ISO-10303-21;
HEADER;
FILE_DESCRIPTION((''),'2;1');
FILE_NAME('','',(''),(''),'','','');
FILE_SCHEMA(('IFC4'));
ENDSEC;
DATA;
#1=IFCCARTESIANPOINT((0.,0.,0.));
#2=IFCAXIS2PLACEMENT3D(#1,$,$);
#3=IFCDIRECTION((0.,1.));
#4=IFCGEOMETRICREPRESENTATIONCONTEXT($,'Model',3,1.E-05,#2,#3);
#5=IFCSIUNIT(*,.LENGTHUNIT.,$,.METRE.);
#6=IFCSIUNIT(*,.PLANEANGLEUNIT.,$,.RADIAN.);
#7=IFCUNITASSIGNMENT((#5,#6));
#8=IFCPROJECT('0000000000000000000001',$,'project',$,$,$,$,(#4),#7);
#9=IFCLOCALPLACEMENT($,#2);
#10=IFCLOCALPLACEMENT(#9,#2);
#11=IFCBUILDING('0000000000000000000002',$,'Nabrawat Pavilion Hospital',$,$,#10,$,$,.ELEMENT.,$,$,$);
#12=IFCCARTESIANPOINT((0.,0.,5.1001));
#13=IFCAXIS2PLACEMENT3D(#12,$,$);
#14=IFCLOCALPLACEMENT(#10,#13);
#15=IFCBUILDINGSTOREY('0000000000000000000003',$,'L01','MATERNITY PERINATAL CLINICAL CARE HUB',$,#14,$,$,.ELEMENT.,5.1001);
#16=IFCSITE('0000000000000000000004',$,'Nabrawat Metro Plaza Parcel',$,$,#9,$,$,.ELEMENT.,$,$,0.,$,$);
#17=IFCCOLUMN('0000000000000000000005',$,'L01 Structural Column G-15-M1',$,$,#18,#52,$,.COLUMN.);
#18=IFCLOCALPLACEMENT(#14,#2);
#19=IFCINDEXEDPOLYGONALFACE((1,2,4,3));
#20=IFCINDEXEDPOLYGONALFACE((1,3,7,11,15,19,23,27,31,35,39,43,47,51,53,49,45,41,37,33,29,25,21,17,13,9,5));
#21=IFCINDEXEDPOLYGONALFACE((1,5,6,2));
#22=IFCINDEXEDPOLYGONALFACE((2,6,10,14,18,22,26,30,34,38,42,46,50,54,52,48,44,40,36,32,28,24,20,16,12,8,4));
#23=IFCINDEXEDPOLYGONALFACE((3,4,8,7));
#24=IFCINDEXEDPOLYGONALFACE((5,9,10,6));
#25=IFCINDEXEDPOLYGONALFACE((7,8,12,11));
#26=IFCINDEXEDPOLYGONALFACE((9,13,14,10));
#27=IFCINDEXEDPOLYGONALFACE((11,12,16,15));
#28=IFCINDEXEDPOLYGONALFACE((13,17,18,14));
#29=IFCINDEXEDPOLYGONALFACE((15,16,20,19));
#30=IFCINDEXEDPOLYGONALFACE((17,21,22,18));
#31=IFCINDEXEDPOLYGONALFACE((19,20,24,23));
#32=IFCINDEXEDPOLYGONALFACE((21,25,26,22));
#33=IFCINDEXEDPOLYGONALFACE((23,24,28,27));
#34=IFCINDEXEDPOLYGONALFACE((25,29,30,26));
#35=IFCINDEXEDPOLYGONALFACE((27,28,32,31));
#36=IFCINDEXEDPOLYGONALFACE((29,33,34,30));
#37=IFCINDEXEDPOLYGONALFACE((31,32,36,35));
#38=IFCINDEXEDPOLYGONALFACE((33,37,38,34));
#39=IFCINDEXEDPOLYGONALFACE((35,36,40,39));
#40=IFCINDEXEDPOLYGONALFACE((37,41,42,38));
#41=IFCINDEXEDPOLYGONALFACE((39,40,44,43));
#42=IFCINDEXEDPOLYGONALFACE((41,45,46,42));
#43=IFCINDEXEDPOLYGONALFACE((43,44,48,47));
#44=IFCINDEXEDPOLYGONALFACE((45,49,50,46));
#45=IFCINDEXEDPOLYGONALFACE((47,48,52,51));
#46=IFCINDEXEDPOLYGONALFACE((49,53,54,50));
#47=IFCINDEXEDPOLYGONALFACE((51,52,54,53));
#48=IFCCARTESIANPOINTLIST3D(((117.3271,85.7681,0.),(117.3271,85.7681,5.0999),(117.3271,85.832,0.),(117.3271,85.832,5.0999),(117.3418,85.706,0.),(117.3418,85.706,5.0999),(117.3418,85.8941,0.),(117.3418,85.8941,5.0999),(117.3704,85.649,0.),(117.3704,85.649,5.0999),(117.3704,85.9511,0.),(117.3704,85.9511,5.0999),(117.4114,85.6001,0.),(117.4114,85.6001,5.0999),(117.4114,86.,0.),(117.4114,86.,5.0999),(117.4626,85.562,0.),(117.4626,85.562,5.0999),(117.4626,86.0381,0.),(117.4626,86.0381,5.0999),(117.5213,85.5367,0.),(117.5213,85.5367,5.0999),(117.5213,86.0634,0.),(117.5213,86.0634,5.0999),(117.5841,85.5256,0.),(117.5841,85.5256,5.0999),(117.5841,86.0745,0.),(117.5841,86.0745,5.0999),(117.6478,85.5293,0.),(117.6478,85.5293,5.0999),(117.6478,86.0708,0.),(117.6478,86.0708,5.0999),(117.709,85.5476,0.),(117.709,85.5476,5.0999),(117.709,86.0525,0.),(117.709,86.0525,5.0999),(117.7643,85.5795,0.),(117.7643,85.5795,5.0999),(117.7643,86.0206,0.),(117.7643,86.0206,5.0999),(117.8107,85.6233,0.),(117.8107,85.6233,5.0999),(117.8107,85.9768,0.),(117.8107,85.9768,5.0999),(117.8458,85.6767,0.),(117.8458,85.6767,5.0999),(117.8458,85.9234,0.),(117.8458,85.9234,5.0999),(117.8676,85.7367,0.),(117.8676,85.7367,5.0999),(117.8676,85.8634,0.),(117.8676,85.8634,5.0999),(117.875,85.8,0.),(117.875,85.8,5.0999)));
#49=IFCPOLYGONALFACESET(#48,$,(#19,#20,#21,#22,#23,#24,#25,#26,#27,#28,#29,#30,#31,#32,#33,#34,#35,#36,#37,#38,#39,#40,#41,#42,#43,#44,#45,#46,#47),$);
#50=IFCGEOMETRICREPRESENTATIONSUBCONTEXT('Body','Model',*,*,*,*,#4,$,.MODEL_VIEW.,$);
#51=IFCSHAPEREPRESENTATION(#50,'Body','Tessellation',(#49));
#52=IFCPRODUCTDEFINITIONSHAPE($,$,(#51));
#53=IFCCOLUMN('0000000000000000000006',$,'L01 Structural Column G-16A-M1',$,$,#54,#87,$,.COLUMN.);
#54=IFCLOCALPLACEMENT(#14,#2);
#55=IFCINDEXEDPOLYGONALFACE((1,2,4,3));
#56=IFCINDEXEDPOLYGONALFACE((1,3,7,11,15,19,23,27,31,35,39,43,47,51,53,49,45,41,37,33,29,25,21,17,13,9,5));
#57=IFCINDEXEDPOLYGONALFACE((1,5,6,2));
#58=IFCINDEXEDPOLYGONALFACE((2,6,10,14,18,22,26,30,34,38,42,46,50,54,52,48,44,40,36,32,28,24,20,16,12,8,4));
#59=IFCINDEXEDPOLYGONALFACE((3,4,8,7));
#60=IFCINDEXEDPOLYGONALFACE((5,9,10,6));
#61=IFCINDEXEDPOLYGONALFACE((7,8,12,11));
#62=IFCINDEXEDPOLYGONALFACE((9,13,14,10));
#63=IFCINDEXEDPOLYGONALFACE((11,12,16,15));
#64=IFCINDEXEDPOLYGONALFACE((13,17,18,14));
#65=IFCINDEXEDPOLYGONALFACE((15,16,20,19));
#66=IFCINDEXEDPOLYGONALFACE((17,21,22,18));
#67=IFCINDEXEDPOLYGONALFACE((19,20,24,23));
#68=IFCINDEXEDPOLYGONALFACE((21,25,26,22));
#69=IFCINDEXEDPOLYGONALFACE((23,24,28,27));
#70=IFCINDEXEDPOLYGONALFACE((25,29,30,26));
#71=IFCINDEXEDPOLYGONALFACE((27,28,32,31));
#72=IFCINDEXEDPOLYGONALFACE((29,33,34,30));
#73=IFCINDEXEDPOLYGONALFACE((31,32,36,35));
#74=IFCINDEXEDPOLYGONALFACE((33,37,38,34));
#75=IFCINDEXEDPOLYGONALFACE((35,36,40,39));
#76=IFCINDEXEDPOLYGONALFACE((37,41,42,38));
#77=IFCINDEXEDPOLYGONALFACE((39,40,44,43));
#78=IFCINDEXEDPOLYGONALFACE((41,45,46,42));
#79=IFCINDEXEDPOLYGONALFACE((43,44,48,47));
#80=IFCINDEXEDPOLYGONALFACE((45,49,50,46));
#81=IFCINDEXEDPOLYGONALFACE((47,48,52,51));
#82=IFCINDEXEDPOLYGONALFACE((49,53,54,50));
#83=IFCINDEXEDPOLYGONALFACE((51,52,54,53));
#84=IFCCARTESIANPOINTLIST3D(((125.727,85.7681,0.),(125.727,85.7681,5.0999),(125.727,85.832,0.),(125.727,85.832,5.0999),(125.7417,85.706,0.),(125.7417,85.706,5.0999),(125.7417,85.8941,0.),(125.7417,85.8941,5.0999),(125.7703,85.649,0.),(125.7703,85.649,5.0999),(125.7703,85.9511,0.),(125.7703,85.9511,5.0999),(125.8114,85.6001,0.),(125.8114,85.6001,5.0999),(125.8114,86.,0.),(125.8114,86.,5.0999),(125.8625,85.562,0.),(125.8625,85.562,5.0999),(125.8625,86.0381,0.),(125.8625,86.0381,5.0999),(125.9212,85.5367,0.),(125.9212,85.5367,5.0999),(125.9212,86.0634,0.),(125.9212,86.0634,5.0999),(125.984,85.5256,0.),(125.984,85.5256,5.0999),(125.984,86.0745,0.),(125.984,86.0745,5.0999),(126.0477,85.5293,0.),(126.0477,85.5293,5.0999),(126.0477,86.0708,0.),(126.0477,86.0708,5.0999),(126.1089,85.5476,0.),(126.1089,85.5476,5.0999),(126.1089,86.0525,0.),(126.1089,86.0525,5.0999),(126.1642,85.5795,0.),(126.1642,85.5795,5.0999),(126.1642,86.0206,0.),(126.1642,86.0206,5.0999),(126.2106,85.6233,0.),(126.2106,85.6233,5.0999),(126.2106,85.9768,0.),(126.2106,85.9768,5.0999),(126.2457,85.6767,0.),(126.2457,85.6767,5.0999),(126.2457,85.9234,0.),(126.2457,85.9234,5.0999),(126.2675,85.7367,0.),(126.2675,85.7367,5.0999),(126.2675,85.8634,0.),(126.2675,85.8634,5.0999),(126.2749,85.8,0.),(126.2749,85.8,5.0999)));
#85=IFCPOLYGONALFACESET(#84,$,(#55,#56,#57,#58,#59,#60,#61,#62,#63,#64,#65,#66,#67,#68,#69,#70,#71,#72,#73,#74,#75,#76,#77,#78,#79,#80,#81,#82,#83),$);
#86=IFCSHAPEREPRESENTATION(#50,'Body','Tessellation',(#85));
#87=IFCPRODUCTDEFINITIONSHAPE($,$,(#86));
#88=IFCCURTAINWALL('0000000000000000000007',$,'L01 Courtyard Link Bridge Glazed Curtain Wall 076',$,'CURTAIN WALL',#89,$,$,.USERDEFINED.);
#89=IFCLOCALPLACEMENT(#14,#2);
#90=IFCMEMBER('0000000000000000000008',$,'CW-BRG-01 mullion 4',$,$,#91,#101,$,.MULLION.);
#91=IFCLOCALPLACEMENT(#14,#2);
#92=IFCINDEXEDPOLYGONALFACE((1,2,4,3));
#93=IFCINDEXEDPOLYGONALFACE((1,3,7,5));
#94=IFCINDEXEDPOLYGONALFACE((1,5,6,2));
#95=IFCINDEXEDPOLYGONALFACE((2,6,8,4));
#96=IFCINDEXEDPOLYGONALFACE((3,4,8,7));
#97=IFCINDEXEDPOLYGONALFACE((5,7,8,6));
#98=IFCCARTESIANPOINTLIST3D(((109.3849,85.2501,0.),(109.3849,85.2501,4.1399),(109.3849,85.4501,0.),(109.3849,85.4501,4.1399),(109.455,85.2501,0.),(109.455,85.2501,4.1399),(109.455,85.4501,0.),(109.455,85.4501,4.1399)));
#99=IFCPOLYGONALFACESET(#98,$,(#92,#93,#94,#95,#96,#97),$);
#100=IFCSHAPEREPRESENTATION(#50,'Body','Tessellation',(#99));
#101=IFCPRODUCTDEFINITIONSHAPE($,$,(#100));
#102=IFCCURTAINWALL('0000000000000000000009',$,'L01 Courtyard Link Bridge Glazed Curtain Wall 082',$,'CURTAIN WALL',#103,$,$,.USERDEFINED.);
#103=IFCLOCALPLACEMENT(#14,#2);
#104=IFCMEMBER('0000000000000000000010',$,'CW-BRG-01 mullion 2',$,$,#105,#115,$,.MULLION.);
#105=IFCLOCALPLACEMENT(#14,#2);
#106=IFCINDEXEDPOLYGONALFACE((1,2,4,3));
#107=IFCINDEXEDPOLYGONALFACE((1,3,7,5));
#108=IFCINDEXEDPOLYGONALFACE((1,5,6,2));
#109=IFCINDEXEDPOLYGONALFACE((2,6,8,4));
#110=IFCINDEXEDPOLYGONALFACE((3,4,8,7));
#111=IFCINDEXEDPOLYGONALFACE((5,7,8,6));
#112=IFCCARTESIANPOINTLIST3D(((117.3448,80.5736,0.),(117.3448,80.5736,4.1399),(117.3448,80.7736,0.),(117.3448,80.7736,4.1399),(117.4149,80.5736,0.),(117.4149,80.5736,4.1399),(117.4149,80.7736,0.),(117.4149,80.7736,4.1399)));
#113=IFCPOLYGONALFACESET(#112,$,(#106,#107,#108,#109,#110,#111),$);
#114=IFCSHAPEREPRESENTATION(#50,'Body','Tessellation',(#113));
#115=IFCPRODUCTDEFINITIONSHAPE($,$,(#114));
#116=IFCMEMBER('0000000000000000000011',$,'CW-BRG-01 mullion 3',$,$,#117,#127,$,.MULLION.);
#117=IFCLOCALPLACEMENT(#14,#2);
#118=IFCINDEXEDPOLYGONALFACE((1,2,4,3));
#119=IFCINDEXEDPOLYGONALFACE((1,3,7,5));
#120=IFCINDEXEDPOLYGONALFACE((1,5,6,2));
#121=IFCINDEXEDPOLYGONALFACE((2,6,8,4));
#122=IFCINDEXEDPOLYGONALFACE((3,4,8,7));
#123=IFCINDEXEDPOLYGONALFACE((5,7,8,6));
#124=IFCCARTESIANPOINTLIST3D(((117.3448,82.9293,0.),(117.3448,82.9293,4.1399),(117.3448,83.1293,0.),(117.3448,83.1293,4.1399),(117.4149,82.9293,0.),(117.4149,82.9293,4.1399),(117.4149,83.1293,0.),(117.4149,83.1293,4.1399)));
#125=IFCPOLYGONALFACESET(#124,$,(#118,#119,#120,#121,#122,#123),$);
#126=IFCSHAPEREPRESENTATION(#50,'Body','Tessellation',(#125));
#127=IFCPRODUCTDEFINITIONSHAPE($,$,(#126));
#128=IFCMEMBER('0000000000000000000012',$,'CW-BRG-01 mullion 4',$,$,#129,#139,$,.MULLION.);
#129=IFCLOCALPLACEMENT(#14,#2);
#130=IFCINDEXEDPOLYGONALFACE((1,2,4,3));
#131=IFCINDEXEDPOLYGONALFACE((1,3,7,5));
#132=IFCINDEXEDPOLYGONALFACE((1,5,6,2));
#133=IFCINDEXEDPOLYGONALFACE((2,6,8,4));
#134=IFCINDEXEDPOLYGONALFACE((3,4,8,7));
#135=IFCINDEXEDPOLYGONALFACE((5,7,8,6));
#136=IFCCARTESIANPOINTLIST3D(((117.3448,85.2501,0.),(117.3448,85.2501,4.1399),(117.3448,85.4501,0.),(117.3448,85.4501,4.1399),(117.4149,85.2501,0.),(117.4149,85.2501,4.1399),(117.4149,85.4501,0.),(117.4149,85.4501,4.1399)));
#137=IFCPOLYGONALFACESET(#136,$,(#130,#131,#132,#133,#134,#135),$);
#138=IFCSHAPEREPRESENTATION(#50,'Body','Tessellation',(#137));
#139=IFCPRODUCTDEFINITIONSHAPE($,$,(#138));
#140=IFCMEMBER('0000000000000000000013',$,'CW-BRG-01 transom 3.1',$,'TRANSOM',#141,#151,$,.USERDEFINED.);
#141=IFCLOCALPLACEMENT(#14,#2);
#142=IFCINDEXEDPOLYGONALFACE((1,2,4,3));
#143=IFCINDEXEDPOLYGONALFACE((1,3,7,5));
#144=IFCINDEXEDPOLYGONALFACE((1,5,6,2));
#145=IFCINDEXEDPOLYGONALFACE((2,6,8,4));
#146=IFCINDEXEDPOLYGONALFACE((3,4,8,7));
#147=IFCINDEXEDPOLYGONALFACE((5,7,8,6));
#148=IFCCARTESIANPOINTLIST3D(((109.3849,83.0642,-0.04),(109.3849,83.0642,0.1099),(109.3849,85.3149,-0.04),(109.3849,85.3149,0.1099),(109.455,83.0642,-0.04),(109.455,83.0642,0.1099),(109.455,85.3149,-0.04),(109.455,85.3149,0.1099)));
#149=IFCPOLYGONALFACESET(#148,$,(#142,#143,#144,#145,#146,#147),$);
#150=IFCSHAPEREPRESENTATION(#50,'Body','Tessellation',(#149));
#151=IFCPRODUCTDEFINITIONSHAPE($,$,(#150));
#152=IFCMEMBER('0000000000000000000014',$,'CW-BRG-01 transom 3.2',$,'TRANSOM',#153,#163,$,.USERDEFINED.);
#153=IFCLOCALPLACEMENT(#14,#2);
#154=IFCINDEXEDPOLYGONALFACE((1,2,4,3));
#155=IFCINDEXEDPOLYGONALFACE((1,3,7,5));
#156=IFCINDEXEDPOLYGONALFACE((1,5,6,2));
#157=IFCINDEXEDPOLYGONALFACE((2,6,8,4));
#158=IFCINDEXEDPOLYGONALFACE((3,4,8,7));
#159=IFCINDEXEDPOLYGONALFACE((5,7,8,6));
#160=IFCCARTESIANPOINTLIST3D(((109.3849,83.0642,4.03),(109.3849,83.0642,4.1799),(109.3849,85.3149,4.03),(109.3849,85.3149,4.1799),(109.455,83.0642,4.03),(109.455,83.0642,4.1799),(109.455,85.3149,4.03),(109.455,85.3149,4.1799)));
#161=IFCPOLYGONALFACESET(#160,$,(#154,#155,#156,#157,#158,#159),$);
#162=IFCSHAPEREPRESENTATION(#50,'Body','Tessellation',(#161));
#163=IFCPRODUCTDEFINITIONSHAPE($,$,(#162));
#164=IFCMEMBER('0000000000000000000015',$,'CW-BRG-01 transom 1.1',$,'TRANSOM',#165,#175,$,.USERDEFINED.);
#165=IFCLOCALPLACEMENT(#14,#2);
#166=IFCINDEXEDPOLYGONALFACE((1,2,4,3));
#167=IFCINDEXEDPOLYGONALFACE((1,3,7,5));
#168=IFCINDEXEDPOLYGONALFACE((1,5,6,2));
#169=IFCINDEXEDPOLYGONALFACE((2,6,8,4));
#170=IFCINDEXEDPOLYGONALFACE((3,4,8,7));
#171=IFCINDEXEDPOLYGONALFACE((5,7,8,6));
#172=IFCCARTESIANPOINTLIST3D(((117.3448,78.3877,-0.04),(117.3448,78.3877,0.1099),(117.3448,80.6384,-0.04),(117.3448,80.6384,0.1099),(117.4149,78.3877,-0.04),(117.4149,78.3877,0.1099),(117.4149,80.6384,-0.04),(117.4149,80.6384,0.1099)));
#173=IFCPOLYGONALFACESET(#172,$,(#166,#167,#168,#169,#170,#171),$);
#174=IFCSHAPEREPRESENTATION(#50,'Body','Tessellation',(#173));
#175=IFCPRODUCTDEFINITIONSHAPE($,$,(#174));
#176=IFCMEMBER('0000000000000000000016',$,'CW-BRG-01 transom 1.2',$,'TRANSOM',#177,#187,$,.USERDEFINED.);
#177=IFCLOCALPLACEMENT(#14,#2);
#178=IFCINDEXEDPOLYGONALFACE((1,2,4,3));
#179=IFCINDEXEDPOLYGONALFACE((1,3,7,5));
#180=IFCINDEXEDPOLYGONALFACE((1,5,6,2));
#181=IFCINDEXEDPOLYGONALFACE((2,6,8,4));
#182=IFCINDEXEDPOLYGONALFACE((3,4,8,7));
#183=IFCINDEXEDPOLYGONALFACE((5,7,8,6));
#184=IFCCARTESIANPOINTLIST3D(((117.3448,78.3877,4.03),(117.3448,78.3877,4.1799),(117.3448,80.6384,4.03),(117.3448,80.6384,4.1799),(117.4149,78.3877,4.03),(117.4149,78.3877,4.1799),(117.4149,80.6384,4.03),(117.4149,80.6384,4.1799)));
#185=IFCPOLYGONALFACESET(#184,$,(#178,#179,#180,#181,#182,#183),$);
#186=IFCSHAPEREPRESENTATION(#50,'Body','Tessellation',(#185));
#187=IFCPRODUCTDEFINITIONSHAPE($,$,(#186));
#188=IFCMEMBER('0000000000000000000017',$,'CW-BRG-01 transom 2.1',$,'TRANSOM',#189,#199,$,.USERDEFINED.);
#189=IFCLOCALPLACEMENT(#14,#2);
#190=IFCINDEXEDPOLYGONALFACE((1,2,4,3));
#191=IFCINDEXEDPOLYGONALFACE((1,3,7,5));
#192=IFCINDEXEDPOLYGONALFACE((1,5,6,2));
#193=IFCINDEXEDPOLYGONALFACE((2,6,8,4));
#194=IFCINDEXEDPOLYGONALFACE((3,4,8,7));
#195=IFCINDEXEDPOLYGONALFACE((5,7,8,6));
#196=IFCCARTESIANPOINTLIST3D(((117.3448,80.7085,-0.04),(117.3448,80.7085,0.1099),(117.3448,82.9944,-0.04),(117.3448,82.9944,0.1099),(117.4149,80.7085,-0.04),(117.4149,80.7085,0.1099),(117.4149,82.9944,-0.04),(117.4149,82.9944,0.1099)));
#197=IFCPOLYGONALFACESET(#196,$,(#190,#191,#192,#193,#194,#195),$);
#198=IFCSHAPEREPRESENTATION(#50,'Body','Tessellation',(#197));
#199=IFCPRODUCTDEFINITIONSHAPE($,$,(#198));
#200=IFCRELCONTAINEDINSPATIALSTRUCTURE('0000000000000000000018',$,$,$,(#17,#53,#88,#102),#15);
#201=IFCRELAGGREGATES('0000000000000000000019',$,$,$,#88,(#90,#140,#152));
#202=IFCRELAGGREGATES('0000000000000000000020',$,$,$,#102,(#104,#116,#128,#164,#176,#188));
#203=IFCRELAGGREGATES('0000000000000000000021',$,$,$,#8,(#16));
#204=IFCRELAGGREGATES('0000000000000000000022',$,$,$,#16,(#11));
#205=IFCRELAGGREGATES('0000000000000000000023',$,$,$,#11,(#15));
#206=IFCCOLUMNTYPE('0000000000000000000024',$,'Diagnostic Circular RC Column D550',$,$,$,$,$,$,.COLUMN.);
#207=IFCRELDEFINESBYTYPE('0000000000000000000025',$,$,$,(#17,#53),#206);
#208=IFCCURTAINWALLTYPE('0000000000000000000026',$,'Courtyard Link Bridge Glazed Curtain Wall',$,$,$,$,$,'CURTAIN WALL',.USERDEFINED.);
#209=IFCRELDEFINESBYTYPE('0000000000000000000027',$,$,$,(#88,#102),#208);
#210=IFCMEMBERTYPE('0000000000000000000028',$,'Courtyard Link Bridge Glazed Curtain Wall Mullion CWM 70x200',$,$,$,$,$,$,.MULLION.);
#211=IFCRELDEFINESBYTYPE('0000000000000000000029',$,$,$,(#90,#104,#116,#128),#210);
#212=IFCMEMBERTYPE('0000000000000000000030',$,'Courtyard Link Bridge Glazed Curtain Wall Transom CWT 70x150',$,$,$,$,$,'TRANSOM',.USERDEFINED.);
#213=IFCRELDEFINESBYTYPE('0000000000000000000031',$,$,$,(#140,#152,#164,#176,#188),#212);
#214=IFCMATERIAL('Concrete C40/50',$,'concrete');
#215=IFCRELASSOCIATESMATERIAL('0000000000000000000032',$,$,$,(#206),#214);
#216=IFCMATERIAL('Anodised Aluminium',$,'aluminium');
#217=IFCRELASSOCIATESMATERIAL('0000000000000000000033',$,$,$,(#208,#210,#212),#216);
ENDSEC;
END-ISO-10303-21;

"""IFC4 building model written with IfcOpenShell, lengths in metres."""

from ifc_helpers import new_model, si_unit, direction, frame, origin, origin_2d, place, context, subcontext, project, spatial, rectangle, circle, extrude, material, material_profile, profile_set, type_object, element, aggregate, save


model = new_model("IFC4")

# Units and contexts
model_context = context("Model", 3, precision=1e-05, world=origin(), true_north=direction((0.0, 1.0)))
body_context = subcontext(model_context, "Body", "Model", "MODEL_VIEW")
ifc_project = project(units=[si_unit("LENGTHUNIT", "METRE"), si_unit("PLANEANGLEUNIT", "RADIAN")], contexts=[model_context])

# Site, building, storey
site_placement = place(None, origin())
site = spatial("IfcSite", under=ifc_project, at=site_placement, Name="Nabrawat Metro Plaza Parcel", CompositionType="ELEMENT", RefElevation=0.0)
building_placement = place(site_placement, origin())
building = spatial("IfcBuilding", under=site, at=building_placement, Name="Nabrawat Pavilion Hospital", CompositionType="ELEMENT")
storey_placement = place(building_placement, frame((0.0, 0.0, 5.1001)))
storey = spatial("IfcBuildingStorey", under=building, at=storey_placement, Name="L01", Description="MATERNITY PERINATAL CLINICAL CARE HUB", CompositionType="ELEMENT", Elevation=5.1001)

# Columns
ifc_material_1 = material(Name="Concrete C40/50", Category="concrete")
ifc_material_profile_1 = material_profile(ifc_material_1, circle(Radius=0.2749, at=origin_2d()), Name="RC D550")
ifc_profile_set_1 = profile_set([ifc_material_profile_1], Name="Concrete C40/50")
column_type = type_object("IfcColumnType", Name="Diagnostic Circular RC Column D550", PredefinedType="COLUMN", material=ifc_profile_set_1)
for number, where, z_axis, x_axis, name in (
    (1, (117.6001, 85.8, 0.0), (0.0, 0.0, 1.0), (1.0, 0.0, 0.0), "L01 Structural Column G-15-M1"),
    (2, (126.0, 85.8, 0.0), (0.0, 0.0, 1.0), (1.0, 0.0, 0.0), "L01 Structural Column G-16A-M1"),
):
    element("IfcColumn", number, at=place(storey_placement, frame(where, z_axis=z_axis, x_axis=x_axis)), inside=storey, type_object=column_type, Name=name, PredefinedType="COLUMN", context=body_context, shape_type="SweptSolid", body=[
        extrude(circle(Radius=0.2749, at=origin_2d()), origin(), (0.0, 0.0, 1.0), 5.0999),
    ])

# Curtain wall, member
ifc_material_2 = material(Name="Anodised Aluminium", Category="aluminium")
curtain_wall_type_1 = type_object("IfcCurtainWallType", Name="Courtyard Link Bridge Glazed Curtain Wall", ElementType="CURTAIN WALL", PredefinedType="USERDEFINED", material=ifc_material_2)
curtain_wall_1_placement = place(storey_placement, origin())
curtain_wall_1 = element("IfcCurtainWall", 3, at=curtain_wall_1_placement, inside=storey, type_object=curtain_wall_type_1, Name="L01 Courtyard Link Bridge Glazed Curtain Wall 076", ObjectType="CURTAIN WALL", PredefinedType="USERDEFINED")
ifc_material_profile_2 = material_profile(ifc_material_2, rectangle(XDim=0.0701, YDim=0.2, at=origin_2d()), Name="CWM 70x200")
ifc_profile_set_2 = profile_set([ifc_material_profile_2], Name="Anodised Aluminium")
member_type_1 = type_object("IfcMemberType", Name="Courtyard Link Bridge Glazed Curtain Wall Mullion CWM 70x200", PredefinedType="MULLION", material=ifc_profile_set_2)
member_1_placement = place(storey_placement, frame((109.4199, 85.3501, 0.0), z_axis=(0.0, 0.0, 1.0), x_axis=(-1.0, 0.0, 0.0)))
member_1 = element("IfcMember", 4, at=member_1_placement, type_object=member_type_1, Name="CW-BRG-01 mullion 4", PredefinedType="MULLION", context=body_context, shape_type="SweptSolid", body=[
    extrude(rectangle(XDim=0.0701, YDim=0.2, at=origin_2d()), origin(), (0.0, 0.0, 1.0), 4.1399),
])

# Curtain wall, members
curtain_wall_2_placement = place(storey_placement, origin())
curtain_wall_2 = element("IfcCurtainWall", 5, at=curtain_wall_2_placement, inside=storey, type_object=curtain_wall_type_1, Name="L01 Courtyard Link Bridge Glazed Curtain Wall 082", ObjectType="CURTAIN WALL", PredefinedType="USERDEFINED")
member_2_placement = place(storey_placement, frame((117.3799, 80.6736, 0.0), z_axis=(0.0, 0.0, 1.0), x_axis=(-1.0, 0.0, 0.0)))
member_2 = element("IfcMember", 6, at=member_2_placement, type_object=member_type_1, Name="CW-BRG-01 mullion 2", PredefinedType="MULLION", context=body_context, shape_type="SweptSolid", body=[
    extrude(rectangle(XDim=0.0701, YDim=0.2, at=origin_2d()), origin(), (0.0, 0.0, 1.0), 4.1399),
])
member_3_placement = place(storey_placement, frame((117.3799, 83.0293, 0.0), z_axis=(0.0, 0.0, 1.0), x_axis=(-1.0, 0.0, 0.0)))
member_3 = element("IfcMember", 7, at=member_3_placement, type_object=member_type_1, Name="CW-BRG-01 mullion 3", PredefinedType="MULLION", context=body_context, shape_type="SweptSolid", body=[
    extrude(rectangle(XDim=0.0701, YDim=0.2, at=origin_2d()), origin(), (0.0, 0.0, 1.0), 4.1399),
])
member_4_placement = place(storey_placement, frame((117.3799, 85.3501, 0.0), z_axis=(0.0, 0.0, 1.0), x_axis=(-1.0, 0.0, 0.0)))
member_4 = element("IfcMember", 8, at=member_4_placement, type_object=member_type_1, Name="CW-BRG-01 mullion 4", PredefinedType="MULLION", context=body_context, shape_type="SweptSolid", body=[
    extrude(rectangle(XDim=0.0701, YDim=0.2, at=origin_2d()), origin(), (0.0, 0.0, 1.0), 4.1399),
])

# Members
ifc_material_profile_3 = material_profile(ifc_material_2, rectangle(XDim=0.0701, YDim=0.1499, at=origin_2d()), Name="CWT 70x150")
ifc_profile_set_3 = profile_set([ifc_material_profile_3], Name="Anodised Aluminium")
member_type_2 = type_object("IfcMemberType", Name="Courtyard Link Bridge Glazed Curtain Wall Transom CWT 70x150", ElementType="TRANSOM", PredefinedType="USERDEFINED", material=ifc_profile_set_3)
member_5_placement = place(storey_placement, frame((109.4199, 83.0642, 0.0349), z_axis=(0.0, 1.0, 0.0), x_axis=(-1.0, 0.0, 0.0)))
member_5 = element("IfcMember", 9, at=member_5_placement, type_object=member_type_2, Name="CW-BRG-01 transom 3.1", ObjectType="TRANSOM", PredefinedType="USERDEFINED", context=body_context, shape_type="SweptSolid", body=[
    extrude(rectangle(XDim=0.0701, YDim=0.1499, at=origin_2d()), origin(), (0.0, 0.0, 1.0), 2.2507),
])
member_6_placement = place(storey_placement, frame((109.4199, 83.0642, 4.105), z_axis=(0.0, 1.0, 0.0), x_axis=(-1.0, 0.0, 0.0)))
member_6 = element("IfcMember", 10, at=member_6_placement, type_object=member_type_2, Name="CW-BRG-01 transom 3.2", ObjectType="TRANSOM", PredefinedType="USERDEFINED", context=body_context, shape_type="SweptSolid", body=[
    extrude(rectangle(XDim=0.0701, YDim=0.1499, at=origin_2d()), origin(), (0.0, 0.0, 1.0), 2.2507),
])
member_7_placement = place(storey_placement, frame((117.3799, 78.3877, 0.0349), z_axis=(0.0, 1.0, 0.0), x_axis=(-1.0, 0.0, 0.0)))
member_7 = element("IfcMember", 11, at=member_7_placement, type_object=member_type_2, Name="CW-BRG-01 transom 1.1", ObjectType="TRANSOM", PredefinedType="USERDEFINED", context=body_context, shape_type="SweptSolid", body=[
    extrude(rectangle(XDim=0.0701, YDim=0.1499, at=origin_2d()), origin(), (0.0, 0.0, 1.0), 2.2507),
])
member_8_placement = place(storey_placement, frame((117.3799, 78.3877, 4.105), z_axis=(0.0, 1.0, 0.0), x_axis=(-1.0, 0.0, 0.0)))
member_8 = element("IfcMember", 12, at=member_8_placement, type_object=member_type_2, Name="CW-BRG-01 transom 1.2", ObjectType="TRANSOM", PredefinedType="USERDEFINED", context=body_context, shape_type="SweptSolid", body=[
    extrude(rectangle(XDim=0.0701, YDim=0.1499, at=origin_2d()), origin(), (0.0, 0.0, 1.0), 2.2507),
])
member_9_placement = place(storey_placement, frame((117.3799, 80.7085, 0.0349), z_axis=(0.0, 1.0, 0.0), x_axis=(-1.0, 0.0, 0.0)))
member_9 = element("IfcMember", 13, at=member_9_placement, type_object=member_type_2, Name="CW-BRG-01 transom 2.1", ObjectType="TRANSOM", PredefinedType="USERDEFINED", context=body_context, shape_type="SweptSolid", body=[
    extrude(rectangle(XDim=0.0701, YDim=0.1499, at=origin_2d()), origin(), (0.0, 0.0, 1.0), 2.2859),
])

aggregate(curtain_wall_1, [member_1, member_5, member_6])
aggregate(curtain_wall_2, [member_2, member_3, member_4, member_7, member_8, member_9])

save(model, "model.ifc")
